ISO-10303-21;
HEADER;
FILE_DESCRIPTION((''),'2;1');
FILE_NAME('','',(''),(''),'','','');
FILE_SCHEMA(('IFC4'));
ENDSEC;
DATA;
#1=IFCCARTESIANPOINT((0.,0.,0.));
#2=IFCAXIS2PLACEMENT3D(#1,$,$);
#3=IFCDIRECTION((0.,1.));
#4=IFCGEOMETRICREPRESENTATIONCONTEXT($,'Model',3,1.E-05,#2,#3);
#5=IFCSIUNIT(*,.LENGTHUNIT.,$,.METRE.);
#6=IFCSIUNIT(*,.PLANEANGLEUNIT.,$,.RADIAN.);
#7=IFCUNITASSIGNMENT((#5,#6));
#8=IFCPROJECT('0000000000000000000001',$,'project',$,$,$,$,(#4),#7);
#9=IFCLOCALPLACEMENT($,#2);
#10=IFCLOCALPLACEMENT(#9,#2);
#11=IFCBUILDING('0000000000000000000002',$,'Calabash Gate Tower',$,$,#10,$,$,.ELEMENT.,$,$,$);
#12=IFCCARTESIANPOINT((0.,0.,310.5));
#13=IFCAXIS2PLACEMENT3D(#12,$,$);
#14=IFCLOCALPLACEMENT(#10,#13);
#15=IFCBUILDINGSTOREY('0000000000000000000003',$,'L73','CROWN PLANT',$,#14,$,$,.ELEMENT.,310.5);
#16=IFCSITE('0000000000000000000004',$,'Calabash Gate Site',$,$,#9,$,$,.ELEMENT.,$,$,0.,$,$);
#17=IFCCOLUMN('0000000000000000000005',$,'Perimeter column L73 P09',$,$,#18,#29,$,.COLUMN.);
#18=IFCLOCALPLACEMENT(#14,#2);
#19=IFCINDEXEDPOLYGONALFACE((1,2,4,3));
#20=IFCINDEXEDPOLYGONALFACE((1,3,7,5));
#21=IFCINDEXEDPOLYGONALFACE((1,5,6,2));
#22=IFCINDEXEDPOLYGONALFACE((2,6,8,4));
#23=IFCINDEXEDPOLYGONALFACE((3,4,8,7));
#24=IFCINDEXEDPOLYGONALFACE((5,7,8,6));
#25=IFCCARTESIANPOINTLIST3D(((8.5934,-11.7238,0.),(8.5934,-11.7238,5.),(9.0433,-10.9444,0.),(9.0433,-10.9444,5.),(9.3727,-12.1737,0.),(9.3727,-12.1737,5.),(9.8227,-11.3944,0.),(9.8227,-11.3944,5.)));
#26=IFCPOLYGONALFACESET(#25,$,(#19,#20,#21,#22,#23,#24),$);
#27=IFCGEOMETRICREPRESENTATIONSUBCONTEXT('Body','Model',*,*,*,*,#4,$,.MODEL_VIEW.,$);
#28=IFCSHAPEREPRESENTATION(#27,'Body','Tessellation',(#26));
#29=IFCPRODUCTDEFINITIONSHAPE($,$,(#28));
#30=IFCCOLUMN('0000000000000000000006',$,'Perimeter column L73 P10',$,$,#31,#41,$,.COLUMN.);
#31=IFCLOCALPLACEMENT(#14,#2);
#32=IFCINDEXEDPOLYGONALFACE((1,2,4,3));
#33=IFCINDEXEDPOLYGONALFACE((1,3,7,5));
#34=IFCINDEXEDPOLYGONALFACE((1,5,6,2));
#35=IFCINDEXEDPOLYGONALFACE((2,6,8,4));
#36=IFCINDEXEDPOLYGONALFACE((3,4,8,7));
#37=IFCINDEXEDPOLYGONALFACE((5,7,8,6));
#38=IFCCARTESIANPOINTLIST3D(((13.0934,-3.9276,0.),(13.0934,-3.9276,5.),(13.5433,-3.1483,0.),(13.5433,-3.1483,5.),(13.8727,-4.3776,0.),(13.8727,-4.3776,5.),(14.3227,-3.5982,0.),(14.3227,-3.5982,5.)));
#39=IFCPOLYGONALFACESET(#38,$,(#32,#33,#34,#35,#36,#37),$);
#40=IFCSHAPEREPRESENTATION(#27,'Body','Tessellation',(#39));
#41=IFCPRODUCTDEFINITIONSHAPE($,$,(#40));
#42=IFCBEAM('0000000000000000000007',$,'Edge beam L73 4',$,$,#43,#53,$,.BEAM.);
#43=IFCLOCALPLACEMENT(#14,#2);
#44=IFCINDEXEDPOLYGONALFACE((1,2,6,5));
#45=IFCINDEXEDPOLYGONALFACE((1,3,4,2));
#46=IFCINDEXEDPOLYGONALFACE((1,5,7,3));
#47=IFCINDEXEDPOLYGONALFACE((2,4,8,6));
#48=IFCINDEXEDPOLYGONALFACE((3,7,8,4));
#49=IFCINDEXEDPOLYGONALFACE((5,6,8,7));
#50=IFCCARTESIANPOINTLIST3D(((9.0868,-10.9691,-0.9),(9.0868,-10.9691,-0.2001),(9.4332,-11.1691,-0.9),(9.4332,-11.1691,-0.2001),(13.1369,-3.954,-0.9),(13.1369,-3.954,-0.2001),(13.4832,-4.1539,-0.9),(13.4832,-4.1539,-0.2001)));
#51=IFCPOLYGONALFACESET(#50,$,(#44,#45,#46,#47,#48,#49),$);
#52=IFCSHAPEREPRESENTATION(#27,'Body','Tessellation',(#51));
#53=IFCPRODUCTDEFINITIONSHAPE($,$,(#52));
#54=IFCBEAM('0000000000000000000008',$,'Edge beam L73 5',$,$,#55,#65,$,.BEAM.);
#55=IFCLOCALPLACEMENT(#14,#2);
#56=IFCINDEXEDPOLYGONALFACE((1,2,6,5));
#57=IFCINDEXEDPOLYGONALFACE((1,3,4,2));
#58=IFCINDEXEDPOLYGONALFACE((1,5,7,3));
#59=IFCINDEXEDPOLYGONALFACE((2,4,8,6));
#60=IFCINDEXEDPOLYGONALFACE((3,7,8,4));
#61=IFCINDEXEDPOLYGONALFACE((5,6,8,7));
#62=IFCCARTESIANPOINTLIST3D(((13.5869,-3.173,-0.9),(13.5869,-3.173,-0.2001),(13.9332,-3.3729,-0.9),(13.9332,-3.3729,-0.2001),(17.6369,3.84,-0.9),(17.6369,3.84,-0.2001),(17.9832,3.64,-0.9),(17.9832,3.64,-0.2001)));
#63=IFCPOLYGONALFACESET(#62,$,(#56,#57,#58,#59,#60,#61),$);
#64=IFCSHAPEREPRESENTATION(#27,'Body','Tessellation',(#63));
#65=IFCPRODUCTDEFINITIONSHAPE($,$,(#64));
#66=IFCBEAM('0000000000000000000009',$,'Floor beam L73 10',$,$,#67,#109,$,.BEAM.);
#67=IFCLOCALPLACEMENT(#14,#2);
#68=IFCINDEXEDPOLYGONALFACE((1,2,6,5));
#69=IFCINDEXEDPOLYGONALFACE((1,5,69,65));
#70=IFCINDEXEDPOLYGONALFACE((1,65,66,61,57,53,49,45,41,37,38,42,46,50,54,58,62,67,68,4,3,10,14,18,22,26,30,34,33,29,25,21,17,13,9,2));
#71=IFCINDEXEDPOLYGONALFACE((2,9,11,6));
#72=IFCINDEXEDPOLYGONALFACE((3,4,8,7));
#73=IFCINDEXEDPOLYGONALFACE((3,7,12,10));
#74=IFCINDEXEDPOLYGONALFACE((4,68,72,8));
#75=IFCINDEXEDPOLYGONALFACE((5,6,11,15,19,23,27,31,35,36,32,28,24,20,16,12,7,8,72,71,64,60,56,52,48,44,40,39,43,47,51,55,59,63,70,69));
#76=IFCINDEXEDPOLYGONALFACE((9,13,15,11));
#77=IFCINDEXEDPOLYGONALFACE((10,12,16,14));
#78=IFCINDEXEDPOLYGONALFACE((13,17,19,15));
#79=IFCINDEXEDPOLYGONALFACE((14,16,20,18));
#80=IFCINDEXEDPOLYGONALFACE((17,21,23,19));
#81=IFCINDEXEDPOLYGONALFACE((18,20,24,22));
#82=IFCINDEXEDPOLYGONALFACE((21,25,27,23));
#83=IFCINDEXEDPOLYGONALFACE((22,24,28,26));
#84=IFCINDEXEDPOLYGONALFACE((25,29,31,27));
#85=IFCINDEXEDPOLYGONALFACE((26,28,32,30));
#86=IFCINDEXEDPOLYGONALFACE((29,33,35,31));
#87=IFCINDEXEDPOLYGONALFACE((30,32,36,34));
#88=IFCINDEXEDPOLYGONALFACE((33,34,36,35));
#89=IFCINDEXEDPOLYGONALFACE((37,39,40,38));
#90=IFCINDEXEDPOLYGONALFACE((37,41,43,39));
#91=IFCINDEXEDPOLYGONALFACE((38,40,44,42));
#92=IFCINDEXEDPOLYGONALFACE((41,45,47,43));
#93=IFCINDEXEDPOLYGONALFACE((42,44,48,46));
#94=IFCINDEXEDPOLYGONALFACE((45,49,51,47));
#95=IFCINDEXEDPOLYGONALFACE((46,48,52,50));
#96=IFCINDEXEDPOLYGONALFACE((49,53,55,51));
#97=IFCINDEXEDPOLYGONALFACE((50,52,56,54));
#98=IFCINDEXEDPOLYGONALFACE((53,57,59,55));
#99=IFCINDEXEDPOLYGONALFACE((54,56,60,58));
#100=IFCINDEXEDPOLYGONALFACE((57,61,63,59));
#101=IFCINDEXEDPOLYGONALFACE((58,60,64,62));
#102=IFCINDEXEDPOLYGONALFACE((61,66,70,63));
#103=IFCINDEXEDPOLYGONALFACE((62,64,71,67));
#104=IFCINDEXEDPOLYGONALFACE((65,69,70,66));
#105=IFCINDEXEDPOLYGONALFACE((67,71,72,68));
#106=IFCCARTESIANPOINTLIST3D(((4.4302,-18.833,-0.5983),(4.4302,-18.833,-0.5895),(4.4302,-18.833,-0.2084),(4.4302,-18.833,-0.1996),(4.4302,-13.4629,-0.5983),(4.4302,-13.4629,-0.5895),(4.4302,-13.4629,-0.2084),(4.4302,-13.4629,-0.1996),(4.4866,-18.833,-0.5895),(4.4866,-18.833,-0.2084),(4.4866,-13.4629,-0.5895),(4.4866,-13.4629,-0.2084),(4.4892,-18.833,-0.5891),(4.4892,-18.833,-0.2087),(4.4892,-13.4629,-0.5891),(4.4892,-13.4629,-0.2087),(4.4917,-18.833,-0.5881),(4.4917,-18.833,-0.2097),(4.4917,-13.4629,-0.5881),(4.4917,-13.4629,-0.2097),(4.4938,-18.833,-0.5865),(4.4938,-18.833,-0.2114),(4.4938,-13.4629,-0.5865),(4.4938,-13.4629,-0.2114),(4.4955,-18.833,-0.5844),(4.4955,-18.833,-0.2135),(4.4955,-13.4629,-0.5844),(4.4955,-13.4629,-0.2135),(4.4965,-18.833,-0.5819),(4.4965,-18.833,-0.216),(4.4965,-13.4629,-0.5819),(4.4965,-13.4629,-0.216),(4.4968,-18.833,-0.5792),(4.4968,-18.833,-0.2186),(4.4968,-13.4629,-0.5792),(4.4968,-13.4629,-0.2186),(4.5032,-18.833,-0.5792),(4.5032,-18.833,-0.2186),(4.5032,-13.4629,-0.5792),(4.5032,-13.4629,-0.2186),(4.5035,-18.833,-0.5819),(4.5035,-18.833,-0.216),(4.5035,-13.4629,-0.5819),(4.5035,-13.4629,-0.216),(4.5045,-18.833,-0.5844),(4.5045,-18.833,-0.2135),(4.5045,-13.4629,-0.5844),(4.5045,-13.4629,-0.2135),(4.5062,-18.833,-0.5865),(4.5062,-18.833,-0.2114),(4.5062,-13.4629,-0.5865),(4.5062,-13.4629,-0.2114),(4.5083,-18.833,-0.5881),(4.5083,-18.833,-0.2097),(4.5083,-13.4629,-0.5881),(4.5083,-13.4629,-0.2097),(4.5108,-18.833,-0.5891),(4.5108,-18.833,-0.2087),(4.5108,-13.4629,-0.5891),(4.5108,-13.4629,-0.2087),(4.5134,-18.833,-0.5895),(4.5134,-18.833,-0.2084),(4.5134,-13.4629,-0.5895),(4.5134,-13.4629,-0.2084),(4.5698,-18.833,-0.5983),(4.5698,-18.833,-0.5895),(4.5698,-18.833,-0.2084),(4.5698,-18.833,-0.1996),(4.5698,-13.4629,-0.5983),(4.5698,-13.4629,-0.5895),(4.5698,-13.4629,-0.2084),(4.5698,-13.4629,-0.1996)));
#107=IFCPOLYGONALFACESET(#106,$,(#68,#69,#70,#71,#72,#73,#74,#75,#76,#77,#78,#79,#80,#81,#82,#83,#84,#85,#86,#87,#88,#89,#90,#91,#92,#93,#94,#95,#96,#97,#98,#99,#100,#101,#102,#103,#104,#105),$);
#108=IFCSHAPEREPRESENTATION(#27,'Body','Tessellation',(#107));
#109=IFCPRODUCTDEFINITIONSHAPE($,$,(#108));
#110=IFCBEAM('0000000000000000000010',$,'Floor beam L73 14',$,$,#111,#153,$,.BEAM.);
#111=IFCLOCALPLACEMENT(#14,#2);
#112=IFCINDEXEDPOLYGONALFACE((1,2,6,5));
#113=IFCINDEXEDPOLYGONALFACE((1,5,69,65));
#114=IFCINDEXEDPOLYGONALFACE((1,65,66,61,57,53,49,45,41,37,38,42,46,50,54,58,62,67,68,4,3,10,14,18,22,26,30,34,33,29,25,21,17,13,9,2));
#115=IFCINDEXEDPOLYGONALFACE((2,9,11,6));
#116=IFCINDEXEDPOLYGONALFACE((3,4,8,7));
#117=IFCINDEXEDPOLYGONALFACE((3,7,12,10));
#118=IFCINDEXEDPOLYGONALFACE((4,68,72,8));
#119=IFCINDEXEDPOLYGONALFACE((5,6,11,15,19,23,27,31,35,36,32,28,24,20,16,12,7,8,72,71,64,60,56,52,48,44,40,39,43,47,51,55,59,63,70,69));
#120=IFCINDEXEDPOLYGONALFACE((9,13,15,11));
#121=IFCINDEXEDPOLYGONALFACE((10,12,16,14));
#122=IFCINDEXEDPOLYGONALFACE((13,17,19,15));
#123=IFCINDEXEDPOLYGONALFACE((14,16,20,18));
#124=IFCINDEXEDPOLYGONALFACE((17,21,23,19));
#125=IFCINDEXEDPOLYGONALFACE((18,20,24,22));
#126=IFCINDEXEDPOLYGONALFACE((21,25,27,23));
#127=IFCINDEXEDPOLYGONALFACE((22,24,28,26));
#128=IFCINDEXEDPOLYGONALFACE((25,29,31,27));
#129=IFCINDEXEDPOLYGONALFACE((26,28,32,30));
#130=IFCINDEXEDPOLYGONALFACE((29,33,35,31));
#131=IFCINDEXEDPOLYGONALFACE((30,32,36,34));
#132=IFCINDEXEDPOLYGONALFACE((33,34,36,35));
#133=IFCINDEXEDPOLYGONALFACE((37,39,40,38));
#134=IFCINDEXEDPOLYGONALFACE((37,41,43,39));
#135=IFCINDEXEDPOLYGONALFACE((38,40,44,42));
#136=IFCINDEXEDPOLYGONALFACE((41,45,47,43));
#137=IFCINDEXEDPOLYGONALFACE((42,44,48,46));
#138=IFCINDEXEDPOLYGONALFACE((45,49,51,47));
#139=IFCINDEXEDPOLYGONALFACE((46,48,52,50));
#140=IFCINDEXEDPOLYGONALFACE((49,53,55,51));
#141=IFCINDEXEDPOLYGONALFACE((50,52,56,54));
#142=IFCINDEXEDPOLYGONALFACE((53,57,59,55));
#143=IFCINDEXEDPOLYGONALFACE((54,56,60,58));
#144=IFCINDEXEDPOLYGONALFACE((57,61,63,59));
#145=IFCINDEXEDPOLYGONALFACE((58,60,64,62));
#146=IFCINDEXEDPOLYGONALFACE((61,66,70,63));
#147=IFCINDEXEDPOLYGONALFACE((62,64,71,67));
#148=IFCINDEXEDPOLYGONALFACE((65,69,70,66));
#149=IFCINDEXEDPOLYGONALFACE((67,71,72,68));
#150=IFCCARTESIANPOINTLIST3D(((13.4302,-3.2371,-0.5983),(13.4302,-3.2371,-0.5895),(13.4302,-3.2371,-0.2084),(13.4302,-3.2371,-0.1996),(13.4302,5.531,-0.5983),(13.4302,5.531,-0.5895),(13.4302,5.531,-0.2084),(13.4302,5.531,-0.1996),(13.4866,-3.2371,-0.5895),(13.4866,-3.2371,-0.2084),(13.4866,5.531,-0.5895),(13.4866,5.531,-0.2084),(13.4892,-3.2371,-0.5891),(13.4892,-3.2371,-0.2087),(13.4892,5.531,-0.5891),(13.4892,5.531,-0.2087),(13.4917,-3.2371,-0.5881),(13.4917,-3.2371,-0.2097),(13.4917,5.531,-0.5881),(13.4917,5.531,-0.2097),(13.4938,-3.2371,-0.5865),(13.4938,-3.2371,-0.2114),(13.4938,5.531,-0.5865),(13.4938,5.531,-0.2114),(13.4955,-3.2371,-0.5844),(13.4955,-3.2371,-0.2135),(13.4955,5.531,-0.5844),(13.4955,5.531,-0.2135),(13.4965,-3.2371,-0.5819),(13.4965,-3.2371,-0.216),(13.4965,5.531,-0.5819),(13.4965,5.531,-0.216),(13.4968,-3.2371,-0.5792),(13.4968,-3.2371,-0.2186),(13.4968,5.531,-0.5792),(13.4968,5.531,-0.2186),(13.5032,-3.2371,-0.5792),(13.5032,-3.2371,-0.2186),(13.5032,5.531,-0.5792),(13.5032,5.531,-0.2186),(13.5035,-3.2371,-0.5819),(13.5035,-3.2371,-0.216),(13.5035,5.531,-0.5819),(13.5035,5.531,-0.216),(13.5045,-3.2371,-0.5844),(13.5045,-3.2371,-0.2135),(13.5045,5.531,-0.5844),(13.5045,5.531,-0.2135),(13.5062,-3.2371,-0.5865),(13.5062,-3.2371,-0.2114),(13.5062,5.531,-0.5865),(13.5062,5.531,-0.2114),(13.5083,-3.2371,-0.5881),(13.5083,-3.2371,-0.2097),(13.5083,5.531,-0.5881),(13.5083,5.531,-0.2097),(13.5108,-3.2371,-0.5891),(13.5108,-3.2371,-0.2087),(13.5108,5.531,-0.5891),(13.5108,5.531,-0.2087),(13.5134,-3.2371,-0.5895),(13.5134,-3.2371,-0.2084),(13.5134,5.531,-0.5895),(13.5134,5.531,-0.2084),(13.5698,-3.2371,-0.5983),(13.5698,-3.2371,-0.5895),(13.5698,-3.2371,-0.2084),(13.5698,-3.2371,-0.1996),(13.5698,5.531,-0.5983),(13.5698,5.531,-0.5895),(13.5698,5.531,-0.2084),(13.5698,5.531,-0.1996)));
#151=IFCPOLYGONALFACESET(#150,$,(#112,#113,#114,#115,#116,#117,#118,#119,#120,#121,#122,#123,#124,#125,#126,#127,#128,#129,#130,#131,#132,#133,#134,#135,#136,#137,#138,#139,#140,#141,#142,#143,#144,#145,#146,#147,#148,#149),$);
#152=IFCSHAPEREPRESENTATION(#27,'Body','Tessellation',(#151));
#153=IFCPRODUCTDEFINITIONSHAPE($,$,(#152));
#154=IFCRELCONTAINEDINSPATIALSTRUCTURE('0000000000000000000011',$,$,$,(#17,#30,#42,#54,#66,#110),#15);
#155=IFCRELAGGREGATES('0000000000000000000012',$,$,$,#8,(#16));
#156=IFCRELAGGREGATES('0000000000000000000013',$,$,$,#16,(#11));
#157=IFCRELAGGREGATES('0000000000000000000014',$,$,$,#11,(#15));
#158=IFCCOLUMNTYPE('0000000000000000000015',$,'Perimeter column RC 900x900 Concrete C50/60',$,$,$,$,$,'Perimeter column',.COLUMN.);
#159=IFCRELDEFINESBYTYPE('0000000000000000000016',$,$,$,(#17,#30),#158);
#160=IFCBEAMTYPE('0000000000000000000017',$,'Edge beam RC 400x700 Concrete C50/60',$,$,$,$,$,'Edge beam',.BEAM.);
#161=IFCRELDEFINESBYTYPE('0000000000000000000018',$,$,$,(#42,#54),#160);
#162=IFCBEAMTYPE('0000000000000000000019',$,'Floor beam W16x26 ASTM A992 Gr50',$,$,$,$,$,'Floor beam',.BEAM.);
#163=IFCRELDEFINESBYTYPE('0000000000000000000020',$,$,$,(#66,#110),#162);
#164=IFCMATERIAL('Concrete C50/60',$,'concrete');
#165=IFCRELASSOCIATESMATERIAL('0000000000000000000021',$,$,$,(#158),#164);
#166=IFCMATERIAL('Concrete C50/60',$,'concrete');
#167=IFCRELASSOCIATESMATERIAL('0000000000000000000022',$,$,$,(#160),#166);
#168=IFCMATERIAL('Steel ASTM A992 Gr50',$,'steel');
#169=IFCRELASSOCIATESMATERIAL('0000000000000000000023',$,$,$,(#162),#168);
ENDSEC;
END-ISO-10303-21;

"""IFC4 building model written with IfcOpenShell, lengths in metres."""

from ifc_helpers import new_model, si_unit, direction, frame, origin, origin_2d, place, context, subcontext, project, spatial, rectangle, i_section, extrude, material, material_profile, profile_set, type_object, element, save


model = new_model("IFC4")

# Units and contexts
model_context = context("Model", 3, precision=1e-05, world=origin(), true_north=direction((0.0, 1.0)))
body_context = subcontext(model_context, "Body", "Model", "MODEL_VIEW")
ifc_project = project(units=[si_unit("LENGTHUNIT", "METRE"), si_unit("PLANEANGLEUNIT", "RADIAN")], contexts=[model_context])

# Site, building, storey
site_placement = place(None, origin())
site = spatial("IfcSite", under=ifc_project, at=site_placement, Name="Calabash Gate Site", CompositionType="ELEMENT", RefElevation=0.0)
building_placement = place(site_placement, origin())
building = spatial("IfcBuilding", under=site, at=building_placement, Name="Calabash Gate Tower", CompositionType="ELEMENT")
storey_placement = place(building_placement, frame((0.0, 0.0, 310.5)))
storey = spatial("IfcBuildingStorey", under=building, at=storey_placement, Name="L73", Description="CROWN PLANT", CompositionType="ELEMENT", Elevation=310.5)

# Columns
ifc_material_1 = material(Name="Concrete C50/60", Category="concrete")
ifc_material_profile_1 = material_profile(ifc_material_1, rectangle(XDim=0.8999, YDim=0.8999, at=origin_2d()))
ifc_profile_set_1 = profile_set([ifc_material_profile_1], Name="Concrete C50/60")
column_type = type_object("IfcColumnType", Name="Perimeter column RC 900x900 Concrete C50/60", ElementType="Perimeter column", PredefinedType="COLUMN", material=ifc_profile_set_1)
for number, where, z_axis, x_axis, name in (
    (1, (9.208, -11.5591, 0.0), (0.0, 0.0, 1.0), (0.5, 0.866025, 0.0), "Perimeter column L73 P09"),
    (2, (13.708, -3.7629, 0.0), (0.0, 0.0, 1.0), (0.5, 0.866025, 0.0), "Perimeter column L73 P10"),
):
    element("IfcColumn", number, at=place(storey_placement, frame(where, z_axis=z_axis, x_axis=x_axis)), inside=storey, type_object=column_type, Name=name, PredefinedType="COLUMN", context=body_context, shape_type="SweptSolid", body=[
        extrude(rectangle(XDim=0.8999, YDim=0.8999, at=origin_2d()), origin(), (0.0, 0.0, 1.0), 5.0),
    ])

# Beams
ifc_material_2 = material(Name="Concrete C50/60", Category="concrete")
ifc_material_profile_2 = material_profile(ifc_material_2, rectangle(XDim=0.3999, YDim=0.7, at=origin_2d()))
ifc_profile_set_2 = profile_set([ifc_material_profile_2], Name="Concrete C50/60")
beam_type_1 = type_object("IfcBeamType", Name="Edge beam RC 400x700 Concrete C50/60", ElementType="Edge beam", PredefinedType="BEAM", material=ifc_profile_set_2)
beam_1_placement = place(storey_placement, frame((9.26, -11.0691, -0.55), z_axis=(0.499987, 0.866033, 0.0), x_axis=(-0.866033, 0.499987, 0.0)))
element("IfcBeam", 3, at=beam_1_placement, inside=storey, type_object=beam_type_1, Name="Edge beam L73 4", PredefinedType="BEAM", context=body_context, shape_type="SweptSolid", body=[
    extrude(rectangle(XDim=0.3999, YDim=0.7, at=origin_2d()), origin(), (0.0, 0.0, 1.0), 8.1003),
])
beam_2_placement = place(storey_placement, frame((13.76, -3.2729, -0.55), z_axis=(0.500104, 0.865965, 0.0), x_axis=(-0.865965, 0.500104, 0.0)))
element("IfcBeam", 4, at=beam_2_placement, inside=storey, type_object=beam_type_1, Name="Edge beam L73 5", PredefinedType="BEAM", context=body_context, shape_type="SweptSolid", body=[
    extrude(rectangle(XDim=0.3999, YDim=0.7, at=origin_2d()), origin(), (0.0, 0.0, 1.0), 8.0984),
])
ifc_material_3 = material(Name="Steel ASTM A992 Gr50", Category="steel")
ifc_material_profile_3 = material_profile(ifc_material_3, i_section(OverallWidth=0.1396, OverallDepth=0.3987, WebThickness=0.0063, FlangeThickness=0.0088, FilletRadius=0.0103, at=origin_2d()))
ifc_profile_set_3 = profile_set([ifc_material_profile_3], Name="Steel ASTM A992 Gr50")
beam_type_2 = type_object("IfcBeamType", Name="Floor beam W16x26 ASTM A992 Gr50", ElementType="Floor beam", PredefinedType="BEAM", material=ifc_profile_set_3)
beam_3_placement = place(storey_placement, frame((4.5, -18.833, -0.3989), z_axis=(0.0, 1.0, 0.0), x_axis=(-1.0, 0.0, 0.0)))
element("IfcBeam", 5, at=beam_3_placement, inside=storey, type_object=beam_type_2, Name="Floor beam L73 10", PredefinedType="BEAM", context=body_context, shape_type="SweptSolid", body=[
    extrude(i_section(OverallWidth=0.1396, OverallDepth=0.3987, WebThickness=0.0063, FlangeThickness=0.0088, FilletRadius=0.0103, at=origin_2d()), origin(), (0.0, 0.0, 1.0), 5.3701),
])
beam_4_placement = place(storey_placement, frame((13.5, -3.2371, -0.3989), z_axis=(0.0, 1.0, 0.0), x_axis=(-1.0, 0.0, 0.0)))
element("IfcBeam", 6, at=beam_4_placement, inside=storey, type_object=beam_type_2, Name="Floor beam L73 14", PredefinedType="BEAM", context=body_context, shape_type="SweptSolid", body=[
    extrude(i_section(OverallWidth=0.1396, OverallDepth=0.3987, WebThickness=0.0063, FlangeThickness=0.0088, FilletRadius=0.0103, at=origin_2d()), origin(), (0.0, 0.0, 1.0), 8.7681),
])

save(model, "model.ifc")
